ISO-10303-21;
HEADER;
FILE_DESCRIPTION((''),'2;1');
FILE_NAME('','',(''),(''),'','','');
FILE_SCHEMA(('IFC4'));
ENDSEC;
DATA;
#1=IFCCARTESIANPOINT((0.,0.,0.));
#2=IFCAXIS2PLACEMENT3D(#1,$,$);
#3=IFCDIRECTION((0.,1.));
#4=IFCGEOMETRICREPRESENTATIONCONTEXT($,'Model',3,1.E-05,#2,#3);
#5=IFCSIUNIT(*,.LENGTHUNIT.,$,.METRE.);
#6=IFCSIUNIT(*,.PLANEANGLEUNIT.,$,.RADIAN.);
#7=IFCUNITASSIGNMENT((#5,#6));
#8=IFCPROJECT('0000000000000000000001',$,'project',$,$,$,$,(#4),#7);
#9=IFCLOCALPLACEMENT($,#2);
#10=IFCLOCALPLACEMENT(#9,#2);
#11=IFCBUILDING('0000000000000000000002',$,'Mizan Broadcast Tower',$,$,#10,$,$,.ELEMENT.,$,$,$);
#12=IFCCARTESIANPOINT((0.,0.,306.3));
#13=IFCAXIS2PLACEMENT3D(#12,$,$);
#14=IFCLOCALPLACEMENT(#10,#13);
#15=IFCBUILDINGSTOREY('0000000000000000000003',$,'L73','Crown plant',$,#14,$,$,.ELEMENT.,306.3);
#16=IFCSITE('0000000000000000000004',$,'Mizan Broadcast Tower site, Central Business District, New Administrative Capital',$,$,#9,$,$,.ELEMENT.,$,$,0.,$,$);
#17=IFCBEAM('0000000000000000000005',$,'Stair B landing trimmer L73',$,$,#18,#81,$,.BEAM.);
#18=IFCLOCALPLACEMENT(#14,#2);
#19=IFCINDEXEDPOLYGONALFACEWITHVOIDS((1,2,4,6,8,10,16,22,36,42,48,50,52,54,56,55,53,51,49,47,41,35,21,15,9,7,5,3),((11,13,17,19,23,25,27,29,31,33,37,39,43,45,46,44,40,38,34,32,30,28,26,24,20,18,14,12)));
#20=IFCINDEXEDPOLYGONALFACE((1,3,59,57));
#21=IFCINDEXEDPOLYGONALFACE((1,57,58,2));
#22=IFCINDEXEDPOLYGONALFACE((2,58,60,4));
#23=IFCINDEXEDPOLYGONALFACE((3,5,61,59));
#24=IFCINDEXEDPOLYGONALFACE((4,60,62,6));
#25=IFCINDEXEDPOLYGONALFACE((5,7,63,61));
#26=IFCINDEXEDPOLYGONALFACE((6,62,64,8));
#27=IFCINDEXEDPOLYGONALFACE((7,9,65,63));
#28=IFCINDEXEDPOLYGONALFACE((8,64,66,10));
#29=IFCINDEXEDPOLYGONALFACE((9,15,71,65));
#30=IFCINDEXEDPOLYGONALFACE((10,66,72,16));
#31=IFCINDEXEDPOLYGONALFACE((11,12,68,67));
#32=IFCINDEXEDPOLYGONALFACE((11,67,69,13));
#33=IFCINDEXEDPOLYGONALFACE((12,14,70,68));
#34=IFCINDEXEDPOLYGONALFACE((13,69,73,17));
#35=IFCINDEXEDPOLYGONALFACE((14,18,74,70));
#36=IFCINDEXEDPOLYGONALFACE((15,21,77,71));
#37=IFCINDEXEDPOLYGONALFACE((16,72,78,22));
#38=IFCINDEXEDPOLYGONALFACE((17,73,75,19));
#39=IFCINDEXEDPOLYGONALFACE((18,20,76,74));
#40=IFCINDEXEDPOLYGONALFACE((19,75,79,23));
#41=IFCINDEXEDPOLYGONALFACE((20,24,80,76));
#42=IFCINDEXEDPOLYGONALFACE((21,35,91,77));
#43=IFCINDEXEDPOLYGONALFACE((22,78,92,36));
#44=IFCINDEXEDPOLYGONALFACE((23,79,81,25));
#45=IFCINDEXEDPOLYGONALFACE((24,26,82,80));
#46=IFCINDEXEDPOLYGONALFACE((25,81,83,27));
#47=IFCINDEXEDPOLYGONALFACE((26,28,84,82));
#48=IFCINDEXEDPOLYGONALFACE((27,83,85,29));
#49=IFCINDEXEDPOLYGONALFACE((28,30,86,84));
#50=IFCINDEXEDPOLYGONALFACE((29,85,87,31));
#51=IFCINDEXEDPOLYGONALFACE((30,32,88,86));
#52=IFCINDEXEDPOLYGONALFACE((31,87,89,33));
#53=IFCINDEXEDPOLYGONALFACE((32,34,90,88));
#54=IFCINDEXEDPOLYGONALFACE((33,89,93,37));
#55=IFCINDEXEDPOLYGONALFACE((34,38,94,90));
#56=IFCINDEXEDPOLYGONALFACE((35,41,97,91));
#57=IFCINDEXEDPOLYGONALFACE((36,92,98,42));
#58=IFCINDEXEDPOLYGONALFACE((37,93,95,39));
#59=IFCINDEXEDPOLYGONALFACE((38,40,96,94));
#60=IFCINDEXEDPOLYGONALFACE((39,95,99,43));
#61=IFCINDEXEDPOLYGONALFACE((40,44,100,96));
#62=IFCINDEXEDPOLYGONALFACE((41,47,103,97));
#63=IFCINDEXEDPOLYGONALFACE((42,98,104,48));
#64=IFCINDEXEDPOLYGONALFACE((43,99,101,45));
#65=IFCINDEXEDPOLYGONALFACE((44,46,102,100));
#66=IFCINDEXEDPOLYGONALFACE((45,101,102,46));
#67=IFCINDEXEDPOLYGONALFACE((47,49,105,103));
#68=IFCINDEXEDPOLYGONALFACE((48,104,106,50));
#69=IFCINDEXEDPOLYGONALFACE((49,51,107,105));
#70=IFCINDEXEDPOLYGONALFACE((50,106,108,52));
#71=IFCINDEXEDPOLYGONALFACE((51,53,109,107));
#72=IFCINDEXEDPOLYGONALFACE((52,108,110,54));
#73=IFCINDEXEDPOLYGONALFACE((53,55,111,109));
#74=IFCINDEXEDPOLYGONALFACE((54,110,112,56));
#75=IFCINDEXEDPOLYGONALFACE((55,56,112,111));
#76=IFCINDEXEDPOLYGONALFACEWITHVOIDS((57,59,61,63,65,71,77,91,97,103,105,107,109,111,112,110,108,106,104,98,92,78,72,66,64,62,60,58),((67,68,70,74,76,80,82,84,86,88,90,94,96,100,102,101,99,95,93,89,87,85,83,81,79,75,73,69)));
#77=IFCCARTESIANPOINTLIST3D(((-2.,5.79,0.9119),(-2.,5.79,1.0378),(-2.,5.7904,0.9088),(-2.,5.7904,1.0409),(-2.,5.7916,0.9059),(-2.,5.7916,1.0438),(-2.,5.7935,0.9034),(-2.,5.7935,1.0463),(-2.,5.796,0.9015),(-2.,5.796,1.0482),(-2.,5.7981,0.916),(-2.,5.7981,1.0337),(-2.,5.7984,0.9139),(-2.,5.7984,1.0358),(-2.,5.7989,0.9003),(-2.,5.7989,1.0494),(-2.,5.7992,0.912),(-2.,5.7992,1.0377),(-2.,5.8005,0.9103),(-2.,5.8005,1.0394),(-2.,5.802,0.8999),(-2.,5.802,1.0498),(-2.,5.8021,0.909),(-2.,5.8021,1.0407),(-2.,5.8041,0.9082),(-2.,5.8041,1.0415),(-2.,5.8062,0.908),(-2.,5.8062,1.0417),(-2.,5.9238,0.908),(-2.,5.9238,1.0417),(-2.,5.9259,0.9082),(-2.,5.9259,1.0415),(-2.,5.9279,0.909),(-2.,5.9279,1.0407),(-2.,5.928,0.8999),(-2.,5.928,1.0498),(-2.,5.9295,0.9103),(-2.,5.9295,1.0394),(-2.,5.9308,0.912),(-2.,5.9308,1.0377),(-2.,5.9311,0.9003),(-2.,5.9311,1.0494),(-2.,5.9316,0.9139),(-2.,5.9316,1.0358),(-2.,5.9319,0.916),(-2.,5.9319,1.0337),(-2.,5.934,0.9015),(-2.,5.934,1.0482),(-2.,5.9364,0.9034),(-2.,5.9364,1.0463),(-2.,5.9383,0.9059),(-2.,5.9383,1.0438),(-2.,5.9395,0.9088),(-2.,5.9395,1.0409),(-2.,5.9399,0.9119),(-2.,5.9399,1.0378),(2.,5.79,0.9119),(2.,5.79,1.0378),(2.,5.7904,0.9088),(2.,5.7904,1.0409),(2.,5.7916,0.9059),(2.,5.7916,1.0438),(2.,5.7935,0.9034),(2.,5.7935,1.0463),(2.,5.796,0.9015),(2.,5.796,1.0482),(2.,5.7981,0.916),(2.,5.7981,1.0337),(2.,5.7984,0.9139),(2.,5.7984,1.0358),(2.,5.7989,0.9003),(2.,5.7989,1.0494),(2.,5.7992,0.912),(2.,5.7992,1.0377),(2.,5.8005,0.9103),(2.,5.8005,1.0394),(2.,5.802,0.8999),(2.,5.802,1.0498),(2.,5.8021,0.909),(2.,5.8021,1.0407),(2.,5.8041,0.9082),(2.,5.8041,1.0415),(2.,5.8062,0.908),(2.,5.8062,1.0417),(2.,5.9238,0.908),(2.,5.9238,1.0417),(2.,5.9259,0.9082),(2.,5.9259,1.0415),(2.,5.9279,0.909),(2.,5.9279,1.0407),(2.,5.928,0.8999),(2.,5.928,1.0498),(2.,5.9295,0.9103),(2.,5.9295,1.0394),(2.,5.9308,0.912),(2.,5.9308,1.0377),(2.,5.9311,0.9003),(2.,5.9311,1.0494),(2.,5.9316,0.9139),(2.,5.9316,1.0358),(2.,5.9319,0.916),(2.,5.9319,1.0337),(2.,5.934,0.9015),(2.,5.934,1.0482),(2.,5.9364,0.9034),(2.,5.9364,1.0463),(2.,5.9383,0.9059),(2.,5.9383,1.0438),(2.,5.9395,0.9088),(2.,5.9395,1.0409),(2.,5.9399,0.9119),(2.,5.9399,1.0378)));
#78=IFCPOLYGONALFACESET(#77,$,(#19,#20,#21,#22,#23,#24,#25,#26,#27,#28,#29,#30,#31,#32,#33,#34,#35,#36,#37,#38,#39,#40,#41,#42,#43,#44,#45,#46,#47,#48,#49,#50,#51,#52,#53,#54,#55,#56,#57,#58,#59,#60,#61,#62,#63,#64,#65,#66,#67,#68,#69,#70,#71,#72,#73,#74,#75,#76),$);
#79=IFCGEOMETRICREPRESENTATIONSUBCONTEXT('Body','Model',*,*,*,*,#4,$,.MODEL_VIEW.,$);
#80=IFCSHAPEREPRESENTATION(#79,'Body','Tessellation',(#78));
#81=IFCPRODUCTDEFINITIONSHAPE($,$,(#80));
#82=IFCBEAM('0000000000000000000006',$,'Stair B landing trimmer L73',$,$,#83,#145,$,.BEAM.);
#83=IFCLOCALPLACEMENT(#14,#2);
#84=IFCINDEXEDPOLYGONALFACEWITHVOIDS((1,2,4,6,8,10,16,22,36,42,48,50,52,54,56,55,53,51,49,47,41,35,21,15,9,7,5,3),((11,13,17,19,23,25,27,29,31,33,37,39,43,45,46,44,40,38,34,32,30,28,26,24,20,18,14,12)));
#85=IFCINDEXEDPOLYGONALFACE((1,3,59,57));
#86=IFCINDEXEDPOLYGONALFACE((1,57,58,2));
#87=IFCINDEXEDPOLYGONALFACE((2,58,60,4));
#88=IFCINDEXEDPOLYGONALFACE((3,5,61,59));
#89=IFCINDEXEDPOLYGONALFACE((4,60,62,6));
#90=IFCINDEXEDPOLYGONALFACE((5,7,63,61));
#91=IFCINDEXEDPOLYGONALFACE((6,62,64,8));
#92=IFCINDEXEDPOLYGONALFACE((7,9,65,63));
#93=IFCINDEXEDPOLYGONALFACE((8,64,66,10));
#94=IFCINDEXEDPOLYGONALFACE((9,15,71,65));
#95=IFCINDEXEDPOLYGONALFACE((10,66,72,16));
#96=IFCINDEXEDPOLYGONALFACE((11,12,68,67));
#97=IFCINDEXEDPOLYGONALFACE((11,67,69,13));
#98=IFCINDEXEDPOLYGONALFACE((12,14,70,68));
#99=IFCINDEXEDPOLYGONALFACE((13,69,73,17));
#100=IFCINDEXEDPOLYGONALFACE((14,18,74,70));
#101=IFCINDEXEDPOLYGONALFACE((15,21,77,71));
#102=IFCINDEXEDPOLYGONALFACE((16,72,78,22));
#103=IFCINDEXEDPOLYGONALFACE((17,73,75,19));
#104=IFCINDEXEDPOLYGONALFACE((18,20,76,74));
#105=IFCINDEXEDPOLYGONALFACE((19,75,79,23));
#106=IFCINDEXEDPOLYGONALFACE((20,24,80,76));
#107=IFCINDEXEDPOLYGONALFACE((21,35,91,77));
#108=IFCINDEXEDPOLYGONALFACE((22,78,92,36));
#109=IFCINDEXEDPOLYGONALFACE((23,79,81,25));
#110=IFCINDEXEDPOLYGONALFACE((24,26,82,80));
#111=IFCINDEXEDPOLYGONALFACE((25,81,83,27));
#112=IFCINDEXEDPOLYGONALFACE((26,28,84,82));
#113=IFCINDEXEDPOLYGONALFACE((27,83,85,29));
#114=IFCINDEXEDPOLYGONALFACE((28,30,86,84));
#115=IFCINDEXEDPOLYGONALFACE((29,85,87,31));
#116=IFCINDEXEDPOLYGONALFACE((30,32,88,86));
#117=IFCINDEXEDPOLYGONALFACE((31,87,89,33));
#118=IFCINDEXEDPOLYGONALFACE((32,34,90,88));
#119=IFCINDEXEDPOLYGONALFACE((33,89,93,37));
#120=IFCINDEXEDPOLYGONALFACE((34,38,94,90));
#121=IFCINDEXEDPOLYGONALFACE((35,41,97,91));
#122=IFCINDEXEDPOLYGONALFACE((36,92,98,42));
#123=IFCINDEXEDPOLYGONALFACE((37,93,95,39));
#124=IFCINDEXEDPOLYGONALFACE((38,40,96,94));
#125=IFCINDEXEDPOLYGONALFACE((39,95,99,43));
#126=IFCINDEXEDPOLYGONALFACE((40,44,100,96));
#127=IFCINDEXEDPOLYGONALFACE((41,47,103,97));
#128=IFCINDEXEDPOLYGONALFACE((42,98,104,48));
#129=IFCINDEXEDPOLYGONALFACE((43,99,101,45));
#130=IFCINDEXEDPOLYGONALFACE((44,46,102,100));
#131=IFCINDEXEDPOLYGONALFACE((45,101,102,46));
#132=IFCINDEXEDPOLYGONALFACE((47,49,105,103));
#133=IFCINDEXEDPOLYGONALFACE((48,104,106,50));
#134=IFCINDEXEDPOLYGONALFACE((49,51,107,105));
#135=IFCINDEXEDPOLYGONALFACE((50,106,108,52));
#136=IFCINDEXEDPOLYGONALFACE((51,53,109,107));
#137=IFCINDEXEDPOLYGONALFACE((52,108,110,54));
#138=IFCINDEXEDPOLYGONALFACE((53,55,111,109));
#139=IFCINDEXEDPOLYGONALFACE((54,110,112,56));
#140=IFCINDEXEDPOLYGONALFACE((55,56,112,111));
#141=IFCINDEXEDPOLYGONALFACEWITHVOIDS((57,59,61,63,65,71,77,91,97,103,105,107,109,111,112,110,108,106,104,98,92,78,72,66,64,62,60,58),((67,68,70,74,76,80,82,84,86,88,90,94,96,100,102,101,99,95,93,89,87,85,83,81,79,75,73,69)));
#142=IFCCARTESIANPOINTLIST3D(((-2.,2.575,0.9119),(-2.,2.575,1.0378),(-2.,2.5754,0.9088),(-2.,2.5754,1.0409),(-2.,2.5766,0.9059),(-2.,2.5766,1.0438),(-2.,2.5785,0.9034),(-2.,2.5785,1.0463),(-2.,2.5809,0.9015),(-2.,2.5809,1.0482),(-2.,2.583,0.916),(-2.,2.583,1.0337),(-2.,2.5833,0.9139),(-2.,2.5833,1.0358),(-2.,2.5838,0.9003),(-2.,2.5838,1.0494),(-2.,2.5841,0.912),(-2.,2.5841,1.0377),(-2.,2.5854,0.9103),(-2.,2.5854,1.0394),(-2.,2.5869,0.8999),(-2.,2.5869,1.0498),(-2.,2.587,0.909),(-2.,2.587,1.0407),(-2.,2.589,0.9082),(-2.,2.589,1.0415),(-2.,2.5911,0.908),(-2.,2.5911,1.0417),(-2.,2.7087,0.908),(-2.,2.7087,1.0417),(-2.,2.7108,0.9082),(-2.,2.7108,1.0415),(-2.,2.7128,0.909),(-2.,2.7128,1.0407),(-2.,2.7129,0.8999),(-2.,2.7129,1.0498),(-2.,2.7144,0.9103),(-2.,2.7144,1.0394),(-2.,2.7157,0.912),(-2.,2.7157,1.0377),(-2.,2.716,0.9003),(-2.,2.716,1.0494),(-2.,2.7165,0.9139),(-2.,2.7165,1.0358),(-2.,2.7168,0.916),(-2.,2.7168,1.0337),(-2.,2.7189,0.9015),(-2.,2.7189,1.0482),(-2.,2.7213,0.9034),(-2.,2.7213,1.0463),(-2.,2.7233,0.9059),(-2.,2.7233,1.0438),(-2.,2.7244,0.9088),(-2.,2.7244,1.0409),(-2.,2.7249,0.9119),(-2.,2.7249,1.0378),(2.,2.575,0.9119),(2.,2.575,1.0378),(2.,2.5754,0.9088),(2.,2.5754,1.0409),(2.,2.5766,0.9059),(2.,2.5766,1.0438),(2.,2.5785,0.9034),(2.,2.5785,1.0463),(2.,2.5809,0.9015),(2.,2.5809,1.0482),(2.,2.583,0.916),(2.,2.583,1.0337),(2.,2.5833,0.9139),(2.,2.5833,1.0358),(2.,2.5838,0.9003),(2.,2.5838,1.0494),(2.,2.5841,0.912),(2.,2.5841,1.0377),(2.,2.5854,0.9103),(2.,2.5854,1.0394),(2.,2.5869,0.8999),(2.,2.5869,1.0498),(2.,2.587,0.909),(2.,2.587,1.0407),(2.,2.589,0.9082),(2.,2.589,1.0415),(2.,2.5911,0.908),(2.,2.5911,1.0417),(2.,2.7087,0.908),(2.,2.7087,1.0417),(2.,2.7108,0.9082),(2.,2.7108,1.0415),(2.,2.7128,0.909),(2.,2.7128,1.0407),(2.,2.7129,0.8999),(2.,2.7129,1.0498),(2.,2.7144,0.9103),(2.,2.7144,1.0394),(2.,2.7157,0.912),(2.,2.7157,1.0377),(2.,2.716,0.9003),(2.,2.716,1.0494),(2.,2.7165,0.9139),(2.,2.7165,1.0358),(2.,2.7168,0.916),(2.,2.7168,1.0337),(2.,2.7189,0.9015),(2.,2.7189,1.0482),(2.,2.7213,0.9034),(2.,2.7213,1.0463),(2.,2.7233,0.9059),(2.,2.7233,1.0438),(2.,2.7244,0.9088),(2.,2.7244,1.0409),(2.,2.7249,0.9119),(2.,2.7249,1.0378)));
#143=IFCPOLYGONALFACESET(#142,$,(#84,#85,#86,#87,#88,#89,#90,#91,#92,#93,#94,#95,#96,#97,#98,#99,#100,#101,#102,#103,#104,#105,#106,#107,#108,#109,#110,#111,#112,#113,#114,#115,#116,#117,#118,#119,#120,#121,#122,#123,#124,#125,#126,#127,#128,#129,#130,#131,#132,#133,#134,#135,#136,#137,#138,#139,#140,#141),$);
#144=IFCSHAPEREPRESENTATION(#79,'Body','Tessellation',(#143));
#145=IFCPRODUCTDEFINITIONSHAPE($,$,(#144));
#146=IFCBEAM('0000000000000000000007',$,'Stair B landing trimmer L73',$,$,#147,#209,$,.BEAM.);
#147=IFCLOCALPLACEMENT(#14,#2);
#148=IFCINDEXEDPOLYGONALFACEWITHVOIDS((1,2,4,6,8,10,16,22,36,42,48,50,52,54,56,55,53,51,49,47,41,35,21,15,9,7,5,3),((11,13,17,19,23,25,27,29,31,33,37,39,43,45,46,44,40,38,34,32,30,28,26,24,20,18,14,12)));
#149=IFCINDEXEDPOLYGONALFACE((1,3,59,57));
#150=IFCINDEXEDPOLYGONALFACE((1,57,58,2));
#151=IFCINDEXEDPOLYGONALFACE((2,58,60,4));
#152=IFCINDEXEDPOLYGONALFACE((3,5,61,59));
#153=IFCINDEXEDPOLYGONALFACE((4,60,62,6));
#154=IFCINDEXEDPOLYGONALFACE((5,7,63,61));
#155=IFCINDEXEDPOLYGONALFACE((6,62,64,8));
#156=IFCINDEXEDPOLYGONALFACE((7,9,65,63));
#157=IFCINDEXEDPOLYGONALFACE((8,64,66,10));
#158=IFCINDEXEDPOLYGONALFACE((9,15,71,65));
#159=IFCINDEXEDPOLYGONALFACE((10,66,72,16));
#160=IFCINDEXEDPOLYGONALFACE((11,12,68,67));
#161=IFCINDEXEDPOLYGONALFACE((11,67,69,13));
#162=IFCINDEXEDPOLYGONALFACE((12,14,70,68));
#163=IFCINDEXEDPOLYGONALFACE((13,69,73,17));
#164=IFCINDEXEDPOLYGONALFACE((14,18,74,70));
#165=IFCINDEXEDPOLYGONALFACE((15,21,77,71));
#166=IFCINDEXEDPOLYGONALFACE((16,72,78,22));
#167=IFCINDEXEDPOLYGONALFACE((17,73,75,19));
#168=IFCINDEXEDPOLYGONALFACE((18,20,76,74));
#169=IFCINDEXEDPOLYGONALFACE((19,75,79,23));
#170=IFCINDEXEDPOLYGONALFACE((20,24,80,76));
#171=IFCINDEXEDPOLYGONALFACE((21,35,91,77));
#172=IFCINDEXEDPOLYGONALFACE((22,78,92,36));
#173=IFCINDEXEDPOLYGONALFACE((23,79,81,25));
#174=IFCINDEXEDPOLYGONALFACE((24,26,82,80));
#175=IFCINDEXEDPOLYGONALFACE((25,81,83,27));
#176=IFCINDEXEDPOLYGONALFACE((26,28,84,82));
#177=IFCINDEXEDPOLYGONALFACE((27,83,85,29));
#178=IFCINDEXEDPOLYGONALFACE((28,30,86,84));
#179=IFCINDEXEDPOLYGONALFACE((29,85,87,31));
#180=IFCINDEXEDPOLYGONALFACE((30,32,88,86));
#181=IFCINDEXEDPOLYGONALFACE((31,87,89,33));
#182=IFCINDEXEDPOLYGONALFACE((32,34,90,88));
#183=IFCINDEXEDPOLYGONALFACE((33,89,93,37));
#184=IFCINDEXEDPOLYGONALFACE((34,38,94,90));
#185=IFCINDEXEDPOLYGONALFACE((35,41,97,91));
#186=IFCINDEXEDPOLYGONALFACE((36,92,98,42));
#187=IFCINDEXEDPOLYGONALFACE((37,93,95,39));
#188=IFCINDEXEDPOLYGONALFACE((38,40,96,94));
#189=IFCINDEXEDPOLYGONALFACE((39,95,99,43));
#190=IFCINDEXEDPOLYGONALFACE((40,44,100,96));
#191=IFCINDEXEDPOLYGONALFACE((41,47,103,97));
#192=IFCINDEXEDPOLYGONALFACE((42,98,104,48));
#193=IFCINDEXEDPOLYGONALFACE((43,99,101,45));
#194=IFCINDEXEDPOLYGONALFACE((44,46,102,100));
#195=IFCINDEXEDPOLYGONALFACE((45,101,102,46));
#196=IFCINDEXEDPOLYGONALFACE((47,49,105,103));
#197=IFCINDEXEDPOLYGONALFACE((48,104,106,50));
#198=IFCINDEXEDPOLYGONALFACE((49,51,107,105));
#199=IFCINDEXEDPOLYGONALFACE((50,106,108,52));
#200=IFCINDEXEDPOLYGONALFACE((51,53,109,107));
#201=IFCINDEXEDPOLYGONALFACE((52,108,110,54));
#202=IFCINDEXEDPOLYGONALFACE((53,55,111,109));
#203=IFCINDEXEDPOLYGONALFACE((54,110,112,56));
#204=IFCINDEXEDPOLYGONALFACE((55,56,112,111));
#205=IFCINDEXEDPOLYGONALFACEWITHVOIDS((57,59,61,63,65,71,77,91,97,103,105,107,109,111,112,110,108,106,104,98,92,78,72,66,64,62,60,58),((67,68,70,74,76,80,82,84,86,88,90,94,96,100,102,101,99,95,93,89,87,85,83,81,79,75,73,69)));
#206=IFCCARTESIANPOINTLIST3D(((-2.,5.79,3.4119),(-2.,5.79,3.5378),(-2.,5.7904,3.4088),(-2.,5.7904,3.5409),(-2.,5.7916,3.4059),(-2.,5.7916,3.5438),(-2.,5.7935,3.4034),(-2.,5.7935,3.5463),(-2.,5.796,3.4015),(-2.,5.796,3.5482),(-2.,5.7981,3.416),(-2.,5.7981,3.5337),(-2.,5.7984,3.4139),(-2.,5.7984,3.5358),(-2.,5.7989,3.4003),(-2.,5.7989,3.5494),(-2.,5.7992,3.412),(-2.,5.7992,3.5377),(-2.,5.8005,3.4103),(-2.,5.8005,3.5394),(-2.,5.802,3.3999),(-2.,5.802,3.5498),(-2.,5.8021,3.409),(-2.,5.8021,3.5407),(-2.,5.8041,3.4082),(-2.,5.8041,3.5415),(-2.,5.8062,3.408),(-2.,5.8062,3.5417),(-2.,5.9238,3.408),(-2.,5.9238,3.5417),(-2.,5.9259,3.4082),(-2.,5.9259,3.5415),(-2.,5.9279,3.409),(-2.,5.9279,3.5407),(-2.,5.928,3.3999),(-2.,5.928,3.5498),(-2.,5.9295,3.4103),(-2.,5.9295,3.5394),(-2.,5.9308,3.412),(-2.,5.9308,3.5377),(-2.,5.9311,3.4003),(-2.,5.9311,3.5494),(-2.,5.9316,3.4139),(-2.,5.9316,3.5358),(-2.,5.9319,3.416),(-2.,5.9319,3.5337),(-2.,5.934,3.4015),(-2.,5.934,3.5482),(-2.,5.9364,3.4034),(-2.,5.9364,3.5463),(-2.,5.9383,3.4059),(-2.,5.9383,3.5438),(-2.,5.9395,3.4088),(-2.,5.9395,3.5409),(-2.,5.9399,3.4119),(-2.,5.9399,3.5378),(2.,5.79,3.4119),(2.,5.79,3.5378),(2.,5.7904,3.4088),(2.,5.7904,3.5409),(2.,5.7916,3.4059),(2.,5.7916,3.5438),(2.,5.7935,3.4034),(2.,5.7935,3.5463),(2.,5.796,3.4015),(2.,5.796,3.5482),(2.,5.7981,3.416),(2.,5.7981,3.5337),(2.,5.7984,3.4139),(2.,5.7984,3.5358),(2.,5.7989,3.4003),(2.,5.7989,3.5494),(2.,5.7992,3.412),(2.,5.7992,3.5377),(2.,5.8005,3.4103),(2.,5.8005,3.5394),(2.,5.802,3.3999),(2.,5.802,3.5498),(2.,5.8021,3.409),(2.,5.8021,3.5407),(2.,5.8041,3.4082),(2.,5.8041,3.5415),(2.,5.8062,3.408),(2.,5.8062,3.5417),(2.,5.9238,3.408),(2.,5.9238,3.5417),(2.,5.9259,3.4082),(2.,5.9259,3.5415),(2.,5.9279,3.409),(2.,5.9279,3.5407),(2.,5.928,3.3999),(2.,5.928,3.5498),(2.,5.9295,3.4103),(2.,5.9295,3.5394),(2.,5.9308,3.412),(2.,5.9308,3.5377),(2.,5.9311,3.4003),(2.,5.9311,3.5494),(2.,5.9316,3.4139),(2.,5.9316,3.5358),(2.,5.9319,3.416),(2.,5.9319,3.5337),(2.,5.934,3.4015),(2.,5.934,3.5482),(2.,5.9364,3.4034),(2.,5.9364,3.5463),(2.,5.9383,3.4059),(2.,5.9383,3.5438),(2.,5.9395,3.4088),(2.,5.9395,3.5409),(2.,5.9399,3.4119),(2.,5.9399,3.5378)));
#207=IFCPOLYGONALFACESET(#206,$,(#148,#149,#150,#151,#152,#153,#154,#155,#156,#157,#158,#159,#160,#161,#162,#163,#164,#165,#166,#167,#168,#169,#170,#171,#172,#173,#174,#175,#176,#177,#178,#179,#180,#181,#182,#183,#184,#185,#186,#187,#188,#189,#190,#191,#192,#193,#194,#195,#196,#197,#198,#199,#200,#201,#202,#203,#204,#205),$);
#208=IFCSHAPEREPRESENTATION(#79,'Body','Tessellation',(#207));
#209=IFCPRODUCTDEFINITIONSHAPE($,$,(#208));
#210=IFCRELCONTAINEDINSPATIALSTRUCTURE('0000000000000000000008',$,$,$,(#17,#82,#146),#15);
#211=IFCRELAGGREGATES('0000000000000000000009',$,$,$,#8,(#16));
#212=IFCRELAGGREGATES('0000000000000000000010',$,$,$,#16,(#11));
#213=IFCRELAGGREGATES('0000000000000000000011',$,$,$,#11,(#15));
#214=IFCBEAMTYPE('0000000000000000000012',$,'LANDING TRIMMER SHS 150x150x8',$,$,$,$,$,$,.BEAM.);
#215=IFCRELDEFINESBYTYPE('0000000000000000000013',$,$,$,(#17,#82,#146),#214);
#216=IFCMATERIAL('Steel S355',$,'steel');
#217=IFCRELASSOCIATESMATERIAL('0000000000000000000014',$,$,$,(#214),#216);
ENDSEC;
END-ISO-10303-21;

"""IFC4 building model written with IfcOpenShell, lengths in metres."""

from ifc_helpers import new_model, si_unit, direction, frame, origin, origin_2d, place, context, subcontext, project, spatial, hollow_rectangle, extrude, material, material_profile, profile_set, type_object, element, save


model = new_model("IFC4")

# Units and contexts
model_context = context("Model", 3, precision=1e-05, world=origin(), true_north=direction((0.0, 1.0)))
body_context = subcontext(model_context, "Body", "Model", "MODEL_VIEW")
ifc_project = project(units=[si_unit("LENGTHUNIT", "METRE"), si_unit("PLANEANGLEUNIT", "RADIAN")], contexts=[model_context])

# Site, building, storey
site_placement = place(None, origin())
site = spatial("IfcSite", under=ifc_project, at=site_placement, Name="Mizan Broadcast Tower site, Central Business District, New Administrative Capital", CompositionType="ELEMENT", RefElevation=0.0)
building_placement = place(site_placement, origin())
building = spatial("IfcBuilding", under=site, at=building_placement, Name="Mizan Broadcast Tower", CompositionType="ELEMENT")
storey_placement = place(building_placement, frame((0.0, 0.0, 306.3)))
storey = spatial("IfcBuildingStorey", under=building, at=storey_placement, Name="L73", Description="Crown plant", CompositionType="ELEMENT", Elevation=306.3)

# Beams
ifc_material_1 = material(Name="Steel S355", Category="steel")
ifc_material_profile = material_profile(ifc_material_1, hollow_rectangle(XDim=0.1499, YDim=0.1499, WallThickness=0.0081, InnerFilletRadius=0.0081, OuterFilletRadius=0.012, at=origin_2d()), Name="SHS 150x150x8")
ifc_profile_set = profile_set([ifc_material_profile], Name="Steel S355")
beam_type = type_object("IfcBeamType", Name="LANDING TRIMMER SHS 150x150x8", PredefinedType="BEAM", material=ifc_profile_set)
for number, where, z_axis, x_axis, name in (
    (1, (2.0, 5.865, 0.9749), (-1.0, 0.0, 0.0), (0.0, -1.0, 0.0), "Stair B landing trimmer L73"),
    (2, (2.0, 2.6499, 0.9749), (-1.0, 0.0, 0.0), (0.0, -1.0, 0.0), "Stair B landing trimmer L73"),
    (3, (2.0, 5.865, 3.4749), (-1.0, 0.0, 0.0), (0.0, -1.0, 0.0), "Stair B landing trimmer L73"),
):
    element("IfcBeam", number, at=place(storey_placement, frame(where, z_axis=z_axis, x_axis=x_axis)), inside=storey, type_object=beam_type, Name=name, PredefinedType="BEAM", context=body_context, shape_type="SweptSolid", body=[
        extrude(hollow_rectangle(XDim=0.1499, YDim=0.1499, WallThickness=0.0081, InnerFilletRadius=0.0081, OuterFilletRadius=0.012, at=origin_2d()), origin(), (0.0, 0.0, 1.0), 4.0),
    ])

save(model, "model.ifc")
